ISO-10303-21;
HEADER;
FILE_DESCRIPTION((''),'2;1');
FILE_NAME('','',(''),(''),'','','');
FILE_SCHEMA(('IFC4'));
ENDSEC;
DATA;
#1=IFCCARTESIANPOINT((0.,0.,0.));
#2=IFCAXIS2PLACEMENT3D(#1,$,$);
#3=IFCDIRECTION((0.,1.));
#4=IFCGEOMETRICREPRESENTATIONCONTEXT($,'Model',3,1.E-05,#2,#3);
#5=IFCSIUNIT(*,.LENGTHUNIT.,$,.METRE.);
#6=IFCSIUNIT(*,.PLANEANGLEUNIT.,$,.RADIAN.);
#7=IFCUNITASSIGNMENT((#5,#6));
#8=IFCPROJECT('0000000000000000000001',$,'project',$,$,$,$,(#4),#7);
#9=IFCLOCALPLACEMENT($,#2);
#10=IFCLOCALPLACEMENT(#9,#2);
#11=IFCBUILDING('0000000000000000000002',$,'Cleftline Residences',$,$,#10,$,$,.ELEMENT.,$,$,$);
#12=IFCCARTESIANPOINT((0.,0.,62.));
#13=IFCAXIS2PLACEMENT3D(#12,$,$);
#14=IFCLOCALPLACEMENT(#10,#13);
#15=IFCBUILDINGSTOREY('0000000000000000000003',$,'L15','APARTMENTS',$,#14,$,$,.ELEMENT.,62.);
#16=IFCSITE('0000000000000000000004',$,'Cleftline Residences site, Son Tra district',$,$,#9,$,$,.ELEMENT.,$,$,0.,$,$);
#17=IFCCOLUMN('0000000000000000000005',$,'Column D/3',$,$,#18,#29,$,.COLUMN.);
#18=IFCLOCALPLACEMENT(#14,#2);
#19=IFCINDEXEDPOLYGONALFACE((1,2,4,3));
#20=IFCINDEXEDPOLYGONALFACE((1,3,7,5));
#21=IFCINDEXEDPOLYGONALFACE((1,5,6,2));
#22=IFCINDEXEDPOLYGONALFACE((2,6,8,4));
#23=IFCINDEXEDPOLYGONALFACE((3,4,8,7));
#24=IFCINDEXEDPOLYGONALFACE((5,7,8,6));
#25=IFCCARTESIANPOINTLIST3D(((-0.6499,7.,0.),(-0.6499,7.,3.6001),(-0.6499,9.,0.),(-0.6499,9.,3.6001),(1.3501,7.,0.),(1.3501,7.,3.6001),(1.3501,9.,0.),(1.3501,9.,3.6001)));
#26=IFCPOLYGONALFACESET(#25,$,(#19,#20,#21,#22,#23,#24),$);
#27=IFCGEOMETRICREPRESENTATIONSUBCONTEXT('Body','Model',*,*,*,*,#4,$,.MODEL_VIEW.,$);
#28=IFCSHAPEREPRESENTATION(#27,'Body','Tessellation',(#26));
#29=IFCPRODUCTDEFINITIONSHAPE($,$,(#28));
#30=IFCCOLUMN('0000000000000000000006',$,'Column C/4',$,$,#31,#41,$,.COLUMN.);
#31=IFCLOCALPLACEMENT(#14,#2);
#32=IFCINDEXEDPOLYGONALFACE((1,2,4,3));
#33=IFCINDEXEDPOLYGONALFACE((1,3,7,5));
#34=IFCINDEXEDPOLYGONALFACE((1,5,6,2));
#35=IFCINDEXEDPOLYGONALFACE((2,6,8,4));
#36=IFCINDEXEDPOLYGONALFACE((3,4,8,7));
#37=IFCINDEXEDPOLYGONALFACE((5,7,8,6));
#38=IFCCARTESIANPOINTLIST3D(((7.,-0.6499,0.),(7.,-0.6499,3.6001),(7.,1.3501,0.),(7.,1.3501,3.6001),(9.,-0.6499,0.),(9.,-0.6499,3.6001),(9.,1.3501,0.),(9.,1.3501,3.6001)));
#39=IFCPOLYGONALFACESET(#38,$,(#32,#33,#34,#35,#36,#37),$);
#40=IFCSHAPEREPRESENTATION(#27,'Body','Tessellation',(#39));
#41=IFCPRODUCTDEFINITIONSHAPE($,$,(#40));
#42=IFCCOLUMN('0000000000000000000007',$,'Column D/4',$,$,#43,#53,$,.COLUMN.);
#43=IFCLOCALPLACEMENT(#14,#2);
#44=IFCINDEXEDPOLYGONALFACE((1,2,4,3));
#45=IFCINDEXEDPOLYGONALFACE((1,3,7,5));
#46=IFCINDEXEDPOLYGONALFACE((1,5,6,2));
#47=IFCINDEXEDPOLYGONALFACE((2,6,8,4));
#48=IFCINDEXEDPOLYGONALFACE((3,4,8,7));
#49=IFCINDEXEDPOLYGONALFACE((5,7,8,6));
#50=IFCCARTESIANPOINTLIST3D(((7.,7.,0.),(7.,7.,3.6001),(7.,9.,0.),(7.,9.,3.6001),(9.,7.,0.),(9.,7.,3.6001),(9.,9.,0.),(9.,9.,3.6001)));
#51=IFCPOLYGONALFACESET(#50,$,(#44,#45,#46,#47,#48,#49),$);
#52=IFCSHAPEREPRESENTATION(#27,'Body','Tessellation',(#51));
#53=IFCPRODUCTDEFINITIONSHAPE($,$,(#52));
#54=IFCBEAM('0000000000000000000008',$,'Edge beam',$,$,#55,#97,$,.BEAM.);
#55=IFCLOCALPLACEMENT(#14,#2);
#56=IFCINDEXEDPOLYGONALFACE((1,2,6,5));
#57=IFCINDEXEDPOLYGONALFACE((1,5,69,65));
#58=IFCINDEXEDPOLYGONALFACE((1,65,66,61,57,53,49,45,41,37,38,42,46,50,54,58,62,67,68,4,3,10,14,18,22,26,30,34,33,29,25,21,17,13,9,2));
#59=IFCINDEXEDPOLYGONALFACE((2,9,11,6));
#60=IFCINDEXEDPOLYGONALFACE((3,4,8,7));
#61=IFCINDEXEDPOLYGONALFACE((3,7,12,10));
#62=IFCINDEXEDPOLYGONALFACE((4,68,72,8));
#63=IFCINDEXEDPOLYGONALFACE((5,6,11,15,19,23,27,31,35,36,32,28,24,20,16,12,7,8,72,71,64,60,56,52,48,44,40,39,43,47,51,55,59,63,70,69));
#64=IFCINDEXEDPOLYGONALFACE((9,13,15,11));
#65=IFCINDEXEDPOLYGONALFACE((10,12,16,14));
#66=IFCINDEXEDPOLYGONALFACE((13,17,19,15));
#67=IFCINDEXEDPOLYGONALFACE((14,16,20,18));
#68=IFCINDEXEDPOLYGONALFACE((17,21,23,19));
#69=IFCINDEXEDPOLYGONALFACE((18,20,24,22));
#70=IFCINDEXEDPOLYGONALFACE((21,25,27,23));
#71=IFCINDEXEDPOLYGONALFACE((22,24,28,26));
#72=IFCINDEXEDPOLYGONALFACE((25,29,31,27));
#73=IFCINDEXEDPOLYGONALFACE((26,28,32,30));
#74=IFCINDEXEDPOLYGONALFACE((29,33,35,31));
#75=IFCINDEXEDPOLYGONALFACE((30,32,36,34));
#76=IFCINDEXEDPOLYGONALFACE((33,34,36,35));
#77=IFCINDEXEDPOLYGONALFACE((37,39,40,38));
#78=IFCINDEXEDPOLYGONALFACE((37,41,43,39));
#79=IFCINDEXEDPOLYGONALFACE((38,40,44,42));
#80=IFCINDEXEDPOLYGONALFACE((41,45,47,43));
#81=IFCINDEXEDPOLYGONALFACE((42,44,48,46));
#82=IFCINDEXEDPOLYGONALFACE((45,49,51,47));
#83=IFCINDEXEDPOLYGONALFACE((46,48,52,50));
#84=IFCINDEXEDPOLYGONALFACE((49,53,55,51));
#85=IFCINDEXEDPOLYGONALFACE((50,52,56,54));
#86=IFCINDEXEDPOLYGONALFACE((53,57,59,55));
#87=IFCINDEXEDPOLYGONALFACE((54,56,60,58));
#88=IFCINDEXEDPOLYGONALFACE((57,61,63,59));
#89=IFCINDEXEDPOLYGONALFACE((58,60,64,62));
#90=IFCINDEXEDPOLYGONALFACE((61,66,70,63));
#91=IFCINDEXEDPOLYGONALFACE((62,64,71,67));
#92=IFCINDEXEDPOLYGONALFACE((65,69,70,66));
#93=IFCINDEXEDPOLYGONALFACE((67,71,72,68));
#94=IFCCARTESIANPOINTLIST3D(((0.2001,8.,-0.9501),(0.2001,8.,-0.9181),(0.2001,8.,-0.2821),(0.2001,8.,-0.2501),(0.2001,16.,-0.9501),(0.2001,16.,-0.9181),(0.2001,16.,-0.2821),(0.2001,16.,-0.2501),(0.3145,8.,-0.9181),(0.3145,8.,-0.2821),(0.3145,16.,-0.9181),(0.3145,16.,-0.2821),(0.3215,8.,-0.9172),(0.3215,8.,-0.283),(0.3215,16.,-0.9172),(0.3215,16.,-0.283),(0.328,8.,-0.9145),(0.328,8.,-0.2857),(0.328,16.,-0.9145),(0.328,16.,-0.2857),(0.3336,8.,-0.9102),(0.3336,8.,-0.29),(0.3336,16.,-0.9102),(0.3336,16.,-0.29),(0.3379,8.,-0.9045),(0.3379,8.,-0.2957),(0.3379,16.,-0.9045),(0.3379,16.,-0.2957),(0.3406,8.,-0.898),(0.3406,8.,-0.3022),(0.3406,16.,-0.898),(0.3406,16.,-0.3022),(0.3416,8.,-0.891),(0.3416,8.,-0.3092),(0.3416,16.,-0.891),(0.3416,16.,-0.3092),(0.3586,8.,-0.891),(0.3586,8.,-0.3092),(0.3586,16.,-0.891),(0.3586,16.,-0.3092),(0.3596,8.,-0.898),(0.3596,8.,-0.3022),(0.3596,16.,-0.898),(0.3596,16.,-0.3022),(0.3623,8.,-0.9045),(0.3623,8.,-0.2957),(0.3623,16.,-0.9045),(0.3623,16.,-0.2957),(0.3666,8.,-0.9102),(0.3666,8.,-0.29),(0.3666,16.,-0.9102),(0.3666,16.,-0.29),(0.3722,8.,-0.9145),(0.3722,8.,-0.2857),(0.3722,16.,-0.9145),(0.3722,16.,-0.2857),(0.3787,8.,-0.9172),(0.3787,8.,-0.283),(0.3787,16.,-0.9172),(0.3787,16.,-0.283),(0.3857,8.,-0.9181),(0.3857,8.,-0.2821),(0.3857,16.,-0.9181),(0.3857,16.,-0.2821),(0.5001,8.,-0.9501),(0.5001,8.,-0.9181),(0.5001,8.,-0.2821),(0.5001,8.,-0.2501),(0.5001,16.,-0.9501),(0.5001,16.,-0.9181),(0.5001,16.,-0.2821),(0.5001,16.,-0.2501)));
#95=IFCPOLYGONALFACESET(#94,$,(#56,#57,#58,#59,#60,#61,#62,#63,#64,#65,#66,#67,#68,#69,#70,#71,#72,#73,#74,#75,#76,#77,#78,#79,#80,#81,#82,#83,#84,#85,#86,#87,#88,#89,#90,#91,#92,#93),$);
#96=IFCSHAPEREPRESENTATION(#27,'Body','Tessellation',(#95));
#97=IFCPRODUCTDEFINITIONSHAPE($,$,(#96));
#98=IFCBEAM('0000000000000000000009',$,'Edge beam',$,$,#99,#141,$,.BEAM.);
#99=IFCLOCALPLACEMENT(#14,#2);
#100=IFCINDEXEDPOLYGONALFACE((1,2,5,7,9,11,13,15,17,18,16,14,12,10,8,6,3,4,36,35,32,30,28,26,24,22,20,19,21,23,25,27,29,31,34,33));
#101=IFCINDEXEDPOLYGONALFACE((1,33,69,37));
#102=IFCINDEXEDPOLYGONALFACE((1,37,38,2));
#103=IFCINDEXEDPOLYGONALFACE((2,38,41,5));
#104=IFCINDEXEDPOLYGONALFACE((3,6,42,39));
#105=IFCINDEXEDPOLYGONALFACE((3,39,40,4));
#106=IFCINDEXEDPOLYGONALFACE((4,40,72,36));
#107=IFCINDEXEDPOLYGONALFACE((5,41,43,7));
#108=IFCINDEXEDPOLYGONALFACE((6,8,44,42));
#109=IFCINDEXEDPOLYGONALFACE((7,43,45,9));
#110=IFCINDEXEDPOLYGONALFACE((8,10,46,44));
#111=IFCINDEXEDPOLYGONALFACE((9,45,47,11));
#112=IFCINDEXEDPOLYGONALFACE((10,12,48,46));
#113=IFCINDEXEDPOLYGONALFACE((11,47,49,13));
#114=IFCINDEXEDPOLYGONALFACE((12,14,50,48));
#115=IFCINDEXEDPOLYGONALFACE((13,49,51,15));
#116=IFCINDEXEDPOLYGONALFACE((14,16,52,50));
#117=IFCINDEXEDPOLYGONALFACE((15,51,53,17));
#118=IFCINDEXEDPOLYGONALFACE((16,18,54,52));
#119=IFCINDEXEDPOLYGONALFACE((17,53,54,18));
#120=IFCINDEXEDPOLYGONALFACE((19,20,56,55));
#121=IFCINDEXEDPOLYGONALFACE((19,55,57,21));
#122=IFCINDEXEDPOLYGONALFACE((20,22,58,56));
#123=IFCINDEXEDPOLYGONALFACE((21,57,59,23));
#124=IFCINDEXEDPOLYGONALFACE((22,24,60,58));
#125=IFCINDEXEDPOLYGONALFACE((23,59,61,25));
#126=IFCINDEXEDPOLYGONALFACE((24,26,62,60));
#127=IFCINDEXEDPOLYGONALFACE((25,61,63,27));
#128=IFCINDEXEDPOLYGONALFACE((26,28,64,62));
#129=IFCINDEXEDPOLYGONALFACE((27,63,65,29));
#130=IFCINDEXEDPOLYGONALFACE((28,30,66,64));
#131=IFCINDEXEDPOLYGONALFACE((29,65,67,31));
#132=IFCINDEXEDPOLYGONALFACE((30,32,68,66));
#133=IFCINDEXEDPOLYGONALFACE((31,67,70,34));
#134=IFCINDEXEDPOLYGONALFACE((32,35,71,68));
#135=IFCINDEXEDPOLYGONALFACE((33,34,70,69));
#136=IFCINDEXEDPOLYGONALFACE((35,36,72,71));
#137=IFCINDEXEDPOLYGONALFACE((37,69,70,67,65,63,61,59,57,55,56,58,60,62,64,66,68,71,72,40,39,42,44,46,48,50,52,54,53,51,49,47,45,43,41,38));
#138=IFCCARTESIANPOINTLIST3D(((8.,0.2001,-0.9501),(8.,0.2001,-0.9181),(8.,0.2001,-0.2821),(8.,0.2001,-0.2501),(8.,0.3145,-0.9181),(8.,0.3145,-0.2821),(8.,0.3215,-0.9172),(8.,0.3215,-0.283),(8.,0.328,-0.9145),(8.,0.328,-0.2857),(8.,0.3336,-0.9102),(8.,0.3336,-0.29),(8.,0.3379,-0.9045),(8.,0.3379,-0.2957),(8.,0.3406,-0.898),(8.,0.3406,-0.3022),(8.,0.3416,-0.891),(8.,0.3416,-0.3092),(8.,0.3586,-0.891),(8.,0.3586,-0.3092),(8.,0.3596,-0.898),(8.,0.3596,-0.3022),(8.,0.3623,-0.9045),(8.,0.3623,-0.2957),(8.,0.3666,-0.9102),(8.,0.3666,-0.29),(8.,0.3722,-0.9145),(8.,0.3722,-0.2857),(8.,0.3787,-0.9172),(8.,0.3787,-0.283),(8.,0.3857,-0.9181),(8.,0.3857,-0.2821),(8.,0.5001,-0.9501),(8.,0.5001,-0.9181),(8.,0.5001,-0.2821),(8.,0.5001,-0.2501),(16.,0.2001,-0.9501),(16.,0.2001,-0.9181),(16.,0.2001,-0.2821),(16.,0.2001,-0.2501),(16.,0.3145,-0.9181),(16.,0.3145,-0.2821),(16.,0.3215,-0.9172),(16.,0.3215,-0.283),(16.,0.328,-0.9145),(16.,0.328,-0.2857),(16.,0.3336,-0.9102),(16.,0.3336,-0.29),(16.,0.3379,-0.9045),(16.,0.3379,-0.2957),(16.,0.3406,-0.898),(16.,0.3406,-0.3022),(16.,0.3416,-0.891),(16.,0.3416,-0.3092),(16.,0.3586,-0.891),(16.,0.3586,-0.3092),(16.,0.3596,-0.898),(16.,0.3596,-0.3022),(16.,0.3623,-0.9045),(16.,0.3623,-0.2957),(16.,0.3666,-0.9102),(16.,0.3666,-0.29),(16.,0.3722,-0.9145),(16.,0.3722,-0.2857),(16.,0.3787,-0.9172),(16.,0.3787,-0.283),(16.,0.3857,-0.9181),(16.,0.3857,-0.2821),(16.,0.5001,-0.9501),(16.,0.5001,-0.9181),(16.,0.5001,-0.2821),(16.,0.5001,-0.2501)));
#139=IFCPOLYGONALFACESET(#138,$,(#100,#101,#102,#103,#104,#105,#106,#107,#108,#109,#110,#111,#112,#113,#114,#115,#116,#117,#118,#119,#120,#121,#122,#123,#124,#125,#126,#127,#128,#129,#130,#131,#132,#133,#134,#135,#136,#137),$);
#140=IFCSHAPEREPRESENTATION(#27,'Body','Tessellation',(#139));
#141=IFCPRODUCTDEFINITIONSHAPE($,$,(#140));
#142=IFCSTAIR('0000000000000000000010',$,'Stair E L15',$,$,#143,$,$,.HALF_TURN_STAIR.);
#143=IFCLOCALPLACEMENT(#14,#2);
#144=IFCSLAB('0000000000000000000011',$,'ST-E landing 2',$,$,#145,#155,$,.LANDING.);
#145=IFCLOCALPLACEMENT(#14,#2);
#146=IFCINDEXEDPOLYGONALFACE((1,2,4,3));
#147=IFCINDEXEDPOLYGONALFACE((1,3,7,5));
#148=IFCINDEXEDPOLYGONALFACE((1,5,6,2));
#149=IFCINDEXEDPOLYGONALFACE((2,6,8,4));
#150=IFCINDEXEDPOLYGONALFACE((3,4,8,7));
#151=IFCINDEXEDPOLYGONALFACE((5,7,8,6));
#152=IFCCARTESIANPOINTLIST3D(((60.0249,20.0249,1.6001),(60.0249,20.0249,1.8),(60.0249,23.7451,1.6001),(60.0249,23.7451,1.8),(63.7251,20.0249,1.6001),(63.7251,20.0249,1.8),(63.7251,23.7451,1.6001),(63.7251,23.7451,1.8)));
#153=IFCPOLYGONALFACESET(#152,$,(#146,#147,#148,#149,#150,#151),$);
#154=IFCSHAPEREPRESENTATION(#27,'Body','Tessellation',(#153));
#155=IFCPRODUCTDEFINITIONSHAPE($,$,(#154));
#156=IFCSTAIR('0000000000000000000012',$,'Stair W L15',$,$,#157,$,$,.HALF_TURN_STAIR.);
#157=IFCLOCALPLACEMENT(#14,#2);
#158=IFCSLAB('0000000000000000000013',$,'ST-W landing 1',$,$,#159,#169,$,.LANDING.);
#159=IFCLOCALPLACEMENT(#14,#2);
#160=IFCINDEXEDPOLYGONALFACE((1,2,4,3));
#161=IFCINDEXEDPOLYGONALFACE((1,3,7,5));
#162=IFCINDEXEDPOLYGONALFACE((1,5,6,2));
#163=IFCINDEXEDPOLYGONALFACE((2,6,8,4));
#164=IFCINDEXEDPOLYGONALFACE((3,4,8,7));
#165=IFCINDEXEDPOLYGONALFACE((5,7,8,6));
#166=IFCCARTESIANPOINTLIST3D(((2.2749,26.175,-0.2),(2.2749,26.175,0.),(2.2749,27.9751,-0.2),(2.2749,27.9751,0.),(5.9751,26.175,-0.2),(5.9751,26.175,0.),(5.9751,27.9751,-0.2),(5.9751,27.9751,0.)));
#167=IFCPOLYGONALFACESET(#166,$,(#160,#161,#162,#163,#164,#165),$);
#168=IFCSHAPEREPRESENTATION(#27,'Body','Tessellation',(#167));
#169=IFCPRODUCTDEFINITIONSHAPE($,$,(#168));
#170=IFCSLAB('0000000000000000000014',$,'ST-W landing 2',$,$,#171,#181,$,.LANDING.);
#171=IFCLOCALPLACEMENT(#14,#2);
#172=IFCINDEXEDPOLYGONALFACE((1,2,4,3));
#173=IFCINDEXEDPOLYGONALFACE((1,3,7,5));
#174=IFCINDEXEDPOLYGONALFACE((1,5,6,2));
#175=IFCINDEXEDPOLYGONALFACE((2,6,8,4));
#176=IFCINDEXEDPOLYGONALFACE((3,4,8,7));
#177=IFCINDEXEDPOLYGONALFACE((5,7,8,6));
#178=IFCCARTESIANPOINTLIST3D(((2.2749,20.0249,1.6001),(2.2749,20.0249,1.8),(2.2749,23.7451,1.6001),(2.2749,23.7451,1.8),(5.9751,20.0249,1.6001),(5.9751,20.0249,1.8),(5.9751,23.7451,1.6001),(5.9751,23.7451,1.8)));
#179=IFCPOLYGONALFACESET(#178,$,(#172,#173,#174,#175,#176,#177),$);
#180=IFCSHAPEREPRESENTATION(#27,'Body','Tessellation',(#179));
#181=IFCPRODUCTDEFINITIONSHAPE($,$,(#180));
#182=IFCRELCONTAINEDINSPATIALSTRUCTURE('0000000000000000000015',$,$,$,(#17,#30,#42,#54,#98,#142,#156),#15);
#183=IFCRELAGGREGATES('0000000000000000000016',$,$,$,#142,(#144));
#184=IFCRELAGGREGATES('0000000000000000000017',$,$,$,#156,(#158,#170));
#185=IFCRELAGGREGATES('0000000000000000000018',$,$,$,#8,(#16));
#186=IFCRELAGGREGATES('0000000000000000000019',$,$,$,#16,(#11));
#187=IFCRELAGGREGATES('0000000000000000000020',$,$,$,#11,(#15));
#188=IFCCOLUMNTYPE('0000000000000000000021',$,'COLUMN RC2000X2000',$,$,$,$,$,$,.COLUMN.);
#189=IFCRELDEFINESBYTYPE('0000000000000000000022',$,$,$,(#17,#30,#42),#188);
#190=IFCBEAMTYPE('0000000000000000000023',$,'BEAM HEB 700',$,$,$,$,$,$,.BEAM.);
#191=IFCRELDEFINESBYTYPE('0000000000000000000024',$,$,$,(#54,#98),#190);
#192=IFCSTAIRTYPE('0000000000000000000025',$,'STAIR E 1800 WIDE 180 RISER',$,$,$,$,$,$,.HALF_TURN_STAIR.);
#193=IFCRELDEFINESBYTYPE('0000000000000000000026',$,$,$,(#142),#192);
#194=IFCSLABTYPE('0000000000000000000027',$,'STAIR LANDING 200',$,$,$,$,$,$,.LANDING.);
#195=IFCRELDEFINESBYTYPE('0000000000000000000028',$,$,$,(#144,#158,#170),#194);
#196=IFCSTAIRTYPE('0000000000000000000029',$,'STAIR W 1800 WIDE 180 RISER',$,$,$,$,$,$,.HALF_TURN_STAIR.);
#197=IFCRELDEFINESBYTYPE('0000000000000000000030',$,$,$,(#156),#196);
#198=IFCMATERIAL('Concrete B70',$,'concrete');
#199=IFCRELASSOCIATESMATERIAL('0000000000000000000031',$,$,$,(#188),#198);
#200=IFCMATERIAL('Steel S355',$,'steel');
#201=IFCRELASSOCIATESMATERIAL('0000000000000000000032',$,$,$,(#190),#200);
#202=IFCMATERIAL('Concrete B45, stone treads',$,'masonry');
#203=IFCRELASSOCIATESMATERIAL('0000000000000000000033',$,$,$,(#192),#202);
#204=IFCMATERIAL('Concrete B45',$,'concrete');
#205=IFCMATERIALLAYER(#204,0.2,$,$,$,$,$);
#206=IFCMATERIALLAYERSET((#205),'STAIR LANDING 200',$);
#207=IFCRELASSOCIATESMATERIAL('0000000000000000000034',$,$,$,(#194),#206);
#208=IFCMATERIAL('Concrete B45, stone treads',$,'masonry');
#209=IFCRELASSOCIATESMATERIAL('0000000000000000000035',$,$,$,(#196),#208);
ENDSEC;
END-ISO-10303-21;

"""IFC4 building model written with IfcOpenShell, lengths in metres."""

from ifc_helpers import new_model, si_unit, direction, frame, origin, origin_2d, place, context, subcontext, project, spatial, polyline, rectangle, i_section, outline, extrude, material, layer, layer_set, material_profile, profile_set, type_object, element, aggregate, save


model = new_model("IFC4")

# Units and contexts
model_context = context("Model", 3, precision=1e-05, world=origin(), true_north=direction((0.0, 1.0)))
body_context = subcontext(model_context, "Body", "Model", "MODEL_VIEW")
ifc_project = project(units=[si_unit("LENGTHUNIT", "METRE"), si_unit("PLANEANGLEUNIT", "RADIAN")], contexts=[model_context])

# Site, building, storey
site_placement = place(None, origin())
site = spatial("IfcSite", under=ifc_project, at=site_placement, Name="Cleftline Residences site, Son Tra district", CompositionType="ELEMENT", RefElevation=0.0)
building_placement = place(site_placement, origin())
building = spatial("IfcBuilding", under=site, at=building_placement, Name="Cleftline Residences", CompositionType="ELEMENT")
storey_placement = place(building_placement, frame((0.0, 0.0, 62.0)))
storey = spatial("IfcBuildingStorey", under=building, at=storey_placement, Name="L15", Description="APARTMENTS", CompositionType="ELEMENT", Elevation=62.0)

# Columns
ifc_material_1 = material(Name="Concrete B70", Category="concrete")
ifc_material_profile_1 = material_profile(ifc_material_1, rectangle(XDim=2.0, YDim=2.0, at=origin_2d()))
ifc_profile_set_1 = profile_set([ifc_material_profile_1], Name="Concrete B70")
column_type = type_object("IfcColumnType", Name="COLUMN RC2000X2000", PredefinedType="COLUMN", material=ifc_profile_set_1)
for number, where, z_axis, x_axis, name in (
    (1, (0.3501, 8.0, 0.0), (0.0, 0.0, 1.0), (1.0, 0.0, 0.0), "Column D/3"),
    (2, (8.0, 0.3501, 0.0), (0.0, 0.0, 1.0), (1.0, 0.0, 0.0), "Column C/4"),
    (3, (8.0, 8.0, 0.0), (0.0, 0.0, 1.0), (1.0, 0.0, 0.0), "Column D/4"),
):
    element("IfcColumn", number, at=place(storey_placement, frame(where, z_axis=z_axis, x_axis=x_axis)), inside=storey, type_object=column_type, Name=name, PredefinedType="COLUMN", context=body_context, shape_type="SweptSolid", body=[
        extrude(rectangle(XDim=2.0, YDim=2.0, at=origin_2d()), origin(), (0.0, 0.0, 1.0), 3.6001),
    ])

# Beams
ifc_material_2 = material(Name="Steel S355", Category="steel")
ifc_material_profile_2 = material_profile(ifc_material_2, i_section(OverallWidth=0.3, OverallDepth=0.7, WebThickness=0.0171, FlangeThickness=0.032, FilletRadius=0.0271, at=origin_2d()))
ifc_profile_set_2 = profile_set([ifc_material_profile_2], Name="Steel S355")
beam_type = type_object("IfcBeamType", Name="BEAM HEB 700", PredefinedType="BEAM", material=ifc_profile_set_2)
for number, where, z_axis, x_axis, name in (
    (4, (0.3501, 8.0, -0.6001), (0.0, 1.0, 0.0), (-1.0, 0.0, 0.0), "Edge beam"),
    (5, (8.0, 0.3501, -0.6001), (1.0, 0.0, 0.0), (0.0, 1.0, 0.0), "Edge beam"),
):
    element("IfcBeam", number, at=place(storey_placement, frame(where, z_axis=z_axis, x_axis=x_axis)), inside=storey, type_object=beam_type, Name=name, PredefinedType="BEAM", context=body_context, shape_type="SweptSolid", body=[
        extrude(i_section(OverallWidth=0.3, OverallDepth=0.7, WebThickness=0.0171, FlangeThickness=0.032, FilletRadius=0.0271, at=origin_2d()), origin(), (0.0, 0.0, 1.0), 8.0),
    ])

# Stair, slab
ifc_material_3 = material(Name="Concrete B45, stone treads", Category="masonry")
stair_type_1 = type_object("IfcStairType", Name="STAIR E 1800 WIDE 180 RISER", PredefinedType="HALF_TURN_STAIR", material=ifc_material_3)
stair_1_placement = place(storey_placement, origin())
stair_1 = element("IfcStair", 6, at=stair_1_placement, inside=storey, type_object=stair_type_1, Name="Stair E L15", PredefinedType="HALF_TURN_STAIR")
ifc_material_4 = material(Name="Concrete B45", Category="concrete")
ifc_layer_1 = layer(ifc_material_4, 0.2)
ifc_layer_set_1 = layer_set([ifc_layer_1], Name="STAIR LANDING 200")
slab_type = type_object("IfcSlabType", Name="STAIR LANDING 200", PredefinedType="LANDING", material=ifc_layer_set_1)
slab_1_placement = place(storey_placement, frame((0.0, 0.0, 1.6001)))
slab_1 = element("IfcSlab", 7, at=slab_1_placement, type_object=slab_type, Name="ST-E landing 2", PredefinedType="LANDING", context=body_context, shape_type="SweptSolid", body=[
    extrude(outline(polyline([(60.0249, 20.0249), (63.7251, 20.0249), (63.7251, 23.7451), (60.0249, 23.7451), (60.0249, 20.0249)])), origin(), (0.0, 0.0, 1.0), 0.2),
])
aggregate(stair_1, [slab_1])

# Stair, slabs
ifc_material_5 = material(Name="Concrete B45, stone treads", Category="masonry")
stair_type_2 = type_object("IfcStairType", Name="STAIR W 1800 WIDE 180 RISER", PredefinedType="HALF_TURN_STAIR", material=ifc_material_5)
stair_2_placement = place(storey_placement, origin())
stair_2 = element("IfcStair", 8, at=stair_2_placement, inside=storey, type_object=stair_type_2, Name="Stair W L15", PredefinedType="HALF_TURN_STAIR")
slab_2_placement = place(storey_placement, frame((0.0, 0.0, -0.2)))
slab_2 = element("IfcSlab", 9, at=slab_2_placement, type_object=slab_type, Name="ST-W landing 1", PredefinedType="LANDING", context=body_context, shape_type="SweptSolid", body=[
    extrude(outline(polyline([(2.2749, 26.175), (5.9751, 26.175), (5.9751, 27.9751), (2.2749, 27.9751), (2.2749, 26.175)])), origin(), (0.0, 0.0, 1.0), 0.2),
])
slab_3_placement = place(storey_placement, frame((0.0, 0.0, 1.6001)))
slab_3 = element("IfcSlab", 10, at=slab_3_placement, type_object=slab_type, Name="ST-W landing 2", PredefinedType="LANDING", context=body_context, shape_type="SweptSolid", body=[
    extrude(outline(polyline([(2.2749, 20.0249), (5.9751, 20.0249), (5.9751, 23.7451), (2.2749, 23.7451), (2.2749, 20.0249)])), origin(), (0.0, 0.0, 1.0), 0.2),
])
aggregate(stair_2, [slab_2, slab_3])

save(model, "model.ifc")
